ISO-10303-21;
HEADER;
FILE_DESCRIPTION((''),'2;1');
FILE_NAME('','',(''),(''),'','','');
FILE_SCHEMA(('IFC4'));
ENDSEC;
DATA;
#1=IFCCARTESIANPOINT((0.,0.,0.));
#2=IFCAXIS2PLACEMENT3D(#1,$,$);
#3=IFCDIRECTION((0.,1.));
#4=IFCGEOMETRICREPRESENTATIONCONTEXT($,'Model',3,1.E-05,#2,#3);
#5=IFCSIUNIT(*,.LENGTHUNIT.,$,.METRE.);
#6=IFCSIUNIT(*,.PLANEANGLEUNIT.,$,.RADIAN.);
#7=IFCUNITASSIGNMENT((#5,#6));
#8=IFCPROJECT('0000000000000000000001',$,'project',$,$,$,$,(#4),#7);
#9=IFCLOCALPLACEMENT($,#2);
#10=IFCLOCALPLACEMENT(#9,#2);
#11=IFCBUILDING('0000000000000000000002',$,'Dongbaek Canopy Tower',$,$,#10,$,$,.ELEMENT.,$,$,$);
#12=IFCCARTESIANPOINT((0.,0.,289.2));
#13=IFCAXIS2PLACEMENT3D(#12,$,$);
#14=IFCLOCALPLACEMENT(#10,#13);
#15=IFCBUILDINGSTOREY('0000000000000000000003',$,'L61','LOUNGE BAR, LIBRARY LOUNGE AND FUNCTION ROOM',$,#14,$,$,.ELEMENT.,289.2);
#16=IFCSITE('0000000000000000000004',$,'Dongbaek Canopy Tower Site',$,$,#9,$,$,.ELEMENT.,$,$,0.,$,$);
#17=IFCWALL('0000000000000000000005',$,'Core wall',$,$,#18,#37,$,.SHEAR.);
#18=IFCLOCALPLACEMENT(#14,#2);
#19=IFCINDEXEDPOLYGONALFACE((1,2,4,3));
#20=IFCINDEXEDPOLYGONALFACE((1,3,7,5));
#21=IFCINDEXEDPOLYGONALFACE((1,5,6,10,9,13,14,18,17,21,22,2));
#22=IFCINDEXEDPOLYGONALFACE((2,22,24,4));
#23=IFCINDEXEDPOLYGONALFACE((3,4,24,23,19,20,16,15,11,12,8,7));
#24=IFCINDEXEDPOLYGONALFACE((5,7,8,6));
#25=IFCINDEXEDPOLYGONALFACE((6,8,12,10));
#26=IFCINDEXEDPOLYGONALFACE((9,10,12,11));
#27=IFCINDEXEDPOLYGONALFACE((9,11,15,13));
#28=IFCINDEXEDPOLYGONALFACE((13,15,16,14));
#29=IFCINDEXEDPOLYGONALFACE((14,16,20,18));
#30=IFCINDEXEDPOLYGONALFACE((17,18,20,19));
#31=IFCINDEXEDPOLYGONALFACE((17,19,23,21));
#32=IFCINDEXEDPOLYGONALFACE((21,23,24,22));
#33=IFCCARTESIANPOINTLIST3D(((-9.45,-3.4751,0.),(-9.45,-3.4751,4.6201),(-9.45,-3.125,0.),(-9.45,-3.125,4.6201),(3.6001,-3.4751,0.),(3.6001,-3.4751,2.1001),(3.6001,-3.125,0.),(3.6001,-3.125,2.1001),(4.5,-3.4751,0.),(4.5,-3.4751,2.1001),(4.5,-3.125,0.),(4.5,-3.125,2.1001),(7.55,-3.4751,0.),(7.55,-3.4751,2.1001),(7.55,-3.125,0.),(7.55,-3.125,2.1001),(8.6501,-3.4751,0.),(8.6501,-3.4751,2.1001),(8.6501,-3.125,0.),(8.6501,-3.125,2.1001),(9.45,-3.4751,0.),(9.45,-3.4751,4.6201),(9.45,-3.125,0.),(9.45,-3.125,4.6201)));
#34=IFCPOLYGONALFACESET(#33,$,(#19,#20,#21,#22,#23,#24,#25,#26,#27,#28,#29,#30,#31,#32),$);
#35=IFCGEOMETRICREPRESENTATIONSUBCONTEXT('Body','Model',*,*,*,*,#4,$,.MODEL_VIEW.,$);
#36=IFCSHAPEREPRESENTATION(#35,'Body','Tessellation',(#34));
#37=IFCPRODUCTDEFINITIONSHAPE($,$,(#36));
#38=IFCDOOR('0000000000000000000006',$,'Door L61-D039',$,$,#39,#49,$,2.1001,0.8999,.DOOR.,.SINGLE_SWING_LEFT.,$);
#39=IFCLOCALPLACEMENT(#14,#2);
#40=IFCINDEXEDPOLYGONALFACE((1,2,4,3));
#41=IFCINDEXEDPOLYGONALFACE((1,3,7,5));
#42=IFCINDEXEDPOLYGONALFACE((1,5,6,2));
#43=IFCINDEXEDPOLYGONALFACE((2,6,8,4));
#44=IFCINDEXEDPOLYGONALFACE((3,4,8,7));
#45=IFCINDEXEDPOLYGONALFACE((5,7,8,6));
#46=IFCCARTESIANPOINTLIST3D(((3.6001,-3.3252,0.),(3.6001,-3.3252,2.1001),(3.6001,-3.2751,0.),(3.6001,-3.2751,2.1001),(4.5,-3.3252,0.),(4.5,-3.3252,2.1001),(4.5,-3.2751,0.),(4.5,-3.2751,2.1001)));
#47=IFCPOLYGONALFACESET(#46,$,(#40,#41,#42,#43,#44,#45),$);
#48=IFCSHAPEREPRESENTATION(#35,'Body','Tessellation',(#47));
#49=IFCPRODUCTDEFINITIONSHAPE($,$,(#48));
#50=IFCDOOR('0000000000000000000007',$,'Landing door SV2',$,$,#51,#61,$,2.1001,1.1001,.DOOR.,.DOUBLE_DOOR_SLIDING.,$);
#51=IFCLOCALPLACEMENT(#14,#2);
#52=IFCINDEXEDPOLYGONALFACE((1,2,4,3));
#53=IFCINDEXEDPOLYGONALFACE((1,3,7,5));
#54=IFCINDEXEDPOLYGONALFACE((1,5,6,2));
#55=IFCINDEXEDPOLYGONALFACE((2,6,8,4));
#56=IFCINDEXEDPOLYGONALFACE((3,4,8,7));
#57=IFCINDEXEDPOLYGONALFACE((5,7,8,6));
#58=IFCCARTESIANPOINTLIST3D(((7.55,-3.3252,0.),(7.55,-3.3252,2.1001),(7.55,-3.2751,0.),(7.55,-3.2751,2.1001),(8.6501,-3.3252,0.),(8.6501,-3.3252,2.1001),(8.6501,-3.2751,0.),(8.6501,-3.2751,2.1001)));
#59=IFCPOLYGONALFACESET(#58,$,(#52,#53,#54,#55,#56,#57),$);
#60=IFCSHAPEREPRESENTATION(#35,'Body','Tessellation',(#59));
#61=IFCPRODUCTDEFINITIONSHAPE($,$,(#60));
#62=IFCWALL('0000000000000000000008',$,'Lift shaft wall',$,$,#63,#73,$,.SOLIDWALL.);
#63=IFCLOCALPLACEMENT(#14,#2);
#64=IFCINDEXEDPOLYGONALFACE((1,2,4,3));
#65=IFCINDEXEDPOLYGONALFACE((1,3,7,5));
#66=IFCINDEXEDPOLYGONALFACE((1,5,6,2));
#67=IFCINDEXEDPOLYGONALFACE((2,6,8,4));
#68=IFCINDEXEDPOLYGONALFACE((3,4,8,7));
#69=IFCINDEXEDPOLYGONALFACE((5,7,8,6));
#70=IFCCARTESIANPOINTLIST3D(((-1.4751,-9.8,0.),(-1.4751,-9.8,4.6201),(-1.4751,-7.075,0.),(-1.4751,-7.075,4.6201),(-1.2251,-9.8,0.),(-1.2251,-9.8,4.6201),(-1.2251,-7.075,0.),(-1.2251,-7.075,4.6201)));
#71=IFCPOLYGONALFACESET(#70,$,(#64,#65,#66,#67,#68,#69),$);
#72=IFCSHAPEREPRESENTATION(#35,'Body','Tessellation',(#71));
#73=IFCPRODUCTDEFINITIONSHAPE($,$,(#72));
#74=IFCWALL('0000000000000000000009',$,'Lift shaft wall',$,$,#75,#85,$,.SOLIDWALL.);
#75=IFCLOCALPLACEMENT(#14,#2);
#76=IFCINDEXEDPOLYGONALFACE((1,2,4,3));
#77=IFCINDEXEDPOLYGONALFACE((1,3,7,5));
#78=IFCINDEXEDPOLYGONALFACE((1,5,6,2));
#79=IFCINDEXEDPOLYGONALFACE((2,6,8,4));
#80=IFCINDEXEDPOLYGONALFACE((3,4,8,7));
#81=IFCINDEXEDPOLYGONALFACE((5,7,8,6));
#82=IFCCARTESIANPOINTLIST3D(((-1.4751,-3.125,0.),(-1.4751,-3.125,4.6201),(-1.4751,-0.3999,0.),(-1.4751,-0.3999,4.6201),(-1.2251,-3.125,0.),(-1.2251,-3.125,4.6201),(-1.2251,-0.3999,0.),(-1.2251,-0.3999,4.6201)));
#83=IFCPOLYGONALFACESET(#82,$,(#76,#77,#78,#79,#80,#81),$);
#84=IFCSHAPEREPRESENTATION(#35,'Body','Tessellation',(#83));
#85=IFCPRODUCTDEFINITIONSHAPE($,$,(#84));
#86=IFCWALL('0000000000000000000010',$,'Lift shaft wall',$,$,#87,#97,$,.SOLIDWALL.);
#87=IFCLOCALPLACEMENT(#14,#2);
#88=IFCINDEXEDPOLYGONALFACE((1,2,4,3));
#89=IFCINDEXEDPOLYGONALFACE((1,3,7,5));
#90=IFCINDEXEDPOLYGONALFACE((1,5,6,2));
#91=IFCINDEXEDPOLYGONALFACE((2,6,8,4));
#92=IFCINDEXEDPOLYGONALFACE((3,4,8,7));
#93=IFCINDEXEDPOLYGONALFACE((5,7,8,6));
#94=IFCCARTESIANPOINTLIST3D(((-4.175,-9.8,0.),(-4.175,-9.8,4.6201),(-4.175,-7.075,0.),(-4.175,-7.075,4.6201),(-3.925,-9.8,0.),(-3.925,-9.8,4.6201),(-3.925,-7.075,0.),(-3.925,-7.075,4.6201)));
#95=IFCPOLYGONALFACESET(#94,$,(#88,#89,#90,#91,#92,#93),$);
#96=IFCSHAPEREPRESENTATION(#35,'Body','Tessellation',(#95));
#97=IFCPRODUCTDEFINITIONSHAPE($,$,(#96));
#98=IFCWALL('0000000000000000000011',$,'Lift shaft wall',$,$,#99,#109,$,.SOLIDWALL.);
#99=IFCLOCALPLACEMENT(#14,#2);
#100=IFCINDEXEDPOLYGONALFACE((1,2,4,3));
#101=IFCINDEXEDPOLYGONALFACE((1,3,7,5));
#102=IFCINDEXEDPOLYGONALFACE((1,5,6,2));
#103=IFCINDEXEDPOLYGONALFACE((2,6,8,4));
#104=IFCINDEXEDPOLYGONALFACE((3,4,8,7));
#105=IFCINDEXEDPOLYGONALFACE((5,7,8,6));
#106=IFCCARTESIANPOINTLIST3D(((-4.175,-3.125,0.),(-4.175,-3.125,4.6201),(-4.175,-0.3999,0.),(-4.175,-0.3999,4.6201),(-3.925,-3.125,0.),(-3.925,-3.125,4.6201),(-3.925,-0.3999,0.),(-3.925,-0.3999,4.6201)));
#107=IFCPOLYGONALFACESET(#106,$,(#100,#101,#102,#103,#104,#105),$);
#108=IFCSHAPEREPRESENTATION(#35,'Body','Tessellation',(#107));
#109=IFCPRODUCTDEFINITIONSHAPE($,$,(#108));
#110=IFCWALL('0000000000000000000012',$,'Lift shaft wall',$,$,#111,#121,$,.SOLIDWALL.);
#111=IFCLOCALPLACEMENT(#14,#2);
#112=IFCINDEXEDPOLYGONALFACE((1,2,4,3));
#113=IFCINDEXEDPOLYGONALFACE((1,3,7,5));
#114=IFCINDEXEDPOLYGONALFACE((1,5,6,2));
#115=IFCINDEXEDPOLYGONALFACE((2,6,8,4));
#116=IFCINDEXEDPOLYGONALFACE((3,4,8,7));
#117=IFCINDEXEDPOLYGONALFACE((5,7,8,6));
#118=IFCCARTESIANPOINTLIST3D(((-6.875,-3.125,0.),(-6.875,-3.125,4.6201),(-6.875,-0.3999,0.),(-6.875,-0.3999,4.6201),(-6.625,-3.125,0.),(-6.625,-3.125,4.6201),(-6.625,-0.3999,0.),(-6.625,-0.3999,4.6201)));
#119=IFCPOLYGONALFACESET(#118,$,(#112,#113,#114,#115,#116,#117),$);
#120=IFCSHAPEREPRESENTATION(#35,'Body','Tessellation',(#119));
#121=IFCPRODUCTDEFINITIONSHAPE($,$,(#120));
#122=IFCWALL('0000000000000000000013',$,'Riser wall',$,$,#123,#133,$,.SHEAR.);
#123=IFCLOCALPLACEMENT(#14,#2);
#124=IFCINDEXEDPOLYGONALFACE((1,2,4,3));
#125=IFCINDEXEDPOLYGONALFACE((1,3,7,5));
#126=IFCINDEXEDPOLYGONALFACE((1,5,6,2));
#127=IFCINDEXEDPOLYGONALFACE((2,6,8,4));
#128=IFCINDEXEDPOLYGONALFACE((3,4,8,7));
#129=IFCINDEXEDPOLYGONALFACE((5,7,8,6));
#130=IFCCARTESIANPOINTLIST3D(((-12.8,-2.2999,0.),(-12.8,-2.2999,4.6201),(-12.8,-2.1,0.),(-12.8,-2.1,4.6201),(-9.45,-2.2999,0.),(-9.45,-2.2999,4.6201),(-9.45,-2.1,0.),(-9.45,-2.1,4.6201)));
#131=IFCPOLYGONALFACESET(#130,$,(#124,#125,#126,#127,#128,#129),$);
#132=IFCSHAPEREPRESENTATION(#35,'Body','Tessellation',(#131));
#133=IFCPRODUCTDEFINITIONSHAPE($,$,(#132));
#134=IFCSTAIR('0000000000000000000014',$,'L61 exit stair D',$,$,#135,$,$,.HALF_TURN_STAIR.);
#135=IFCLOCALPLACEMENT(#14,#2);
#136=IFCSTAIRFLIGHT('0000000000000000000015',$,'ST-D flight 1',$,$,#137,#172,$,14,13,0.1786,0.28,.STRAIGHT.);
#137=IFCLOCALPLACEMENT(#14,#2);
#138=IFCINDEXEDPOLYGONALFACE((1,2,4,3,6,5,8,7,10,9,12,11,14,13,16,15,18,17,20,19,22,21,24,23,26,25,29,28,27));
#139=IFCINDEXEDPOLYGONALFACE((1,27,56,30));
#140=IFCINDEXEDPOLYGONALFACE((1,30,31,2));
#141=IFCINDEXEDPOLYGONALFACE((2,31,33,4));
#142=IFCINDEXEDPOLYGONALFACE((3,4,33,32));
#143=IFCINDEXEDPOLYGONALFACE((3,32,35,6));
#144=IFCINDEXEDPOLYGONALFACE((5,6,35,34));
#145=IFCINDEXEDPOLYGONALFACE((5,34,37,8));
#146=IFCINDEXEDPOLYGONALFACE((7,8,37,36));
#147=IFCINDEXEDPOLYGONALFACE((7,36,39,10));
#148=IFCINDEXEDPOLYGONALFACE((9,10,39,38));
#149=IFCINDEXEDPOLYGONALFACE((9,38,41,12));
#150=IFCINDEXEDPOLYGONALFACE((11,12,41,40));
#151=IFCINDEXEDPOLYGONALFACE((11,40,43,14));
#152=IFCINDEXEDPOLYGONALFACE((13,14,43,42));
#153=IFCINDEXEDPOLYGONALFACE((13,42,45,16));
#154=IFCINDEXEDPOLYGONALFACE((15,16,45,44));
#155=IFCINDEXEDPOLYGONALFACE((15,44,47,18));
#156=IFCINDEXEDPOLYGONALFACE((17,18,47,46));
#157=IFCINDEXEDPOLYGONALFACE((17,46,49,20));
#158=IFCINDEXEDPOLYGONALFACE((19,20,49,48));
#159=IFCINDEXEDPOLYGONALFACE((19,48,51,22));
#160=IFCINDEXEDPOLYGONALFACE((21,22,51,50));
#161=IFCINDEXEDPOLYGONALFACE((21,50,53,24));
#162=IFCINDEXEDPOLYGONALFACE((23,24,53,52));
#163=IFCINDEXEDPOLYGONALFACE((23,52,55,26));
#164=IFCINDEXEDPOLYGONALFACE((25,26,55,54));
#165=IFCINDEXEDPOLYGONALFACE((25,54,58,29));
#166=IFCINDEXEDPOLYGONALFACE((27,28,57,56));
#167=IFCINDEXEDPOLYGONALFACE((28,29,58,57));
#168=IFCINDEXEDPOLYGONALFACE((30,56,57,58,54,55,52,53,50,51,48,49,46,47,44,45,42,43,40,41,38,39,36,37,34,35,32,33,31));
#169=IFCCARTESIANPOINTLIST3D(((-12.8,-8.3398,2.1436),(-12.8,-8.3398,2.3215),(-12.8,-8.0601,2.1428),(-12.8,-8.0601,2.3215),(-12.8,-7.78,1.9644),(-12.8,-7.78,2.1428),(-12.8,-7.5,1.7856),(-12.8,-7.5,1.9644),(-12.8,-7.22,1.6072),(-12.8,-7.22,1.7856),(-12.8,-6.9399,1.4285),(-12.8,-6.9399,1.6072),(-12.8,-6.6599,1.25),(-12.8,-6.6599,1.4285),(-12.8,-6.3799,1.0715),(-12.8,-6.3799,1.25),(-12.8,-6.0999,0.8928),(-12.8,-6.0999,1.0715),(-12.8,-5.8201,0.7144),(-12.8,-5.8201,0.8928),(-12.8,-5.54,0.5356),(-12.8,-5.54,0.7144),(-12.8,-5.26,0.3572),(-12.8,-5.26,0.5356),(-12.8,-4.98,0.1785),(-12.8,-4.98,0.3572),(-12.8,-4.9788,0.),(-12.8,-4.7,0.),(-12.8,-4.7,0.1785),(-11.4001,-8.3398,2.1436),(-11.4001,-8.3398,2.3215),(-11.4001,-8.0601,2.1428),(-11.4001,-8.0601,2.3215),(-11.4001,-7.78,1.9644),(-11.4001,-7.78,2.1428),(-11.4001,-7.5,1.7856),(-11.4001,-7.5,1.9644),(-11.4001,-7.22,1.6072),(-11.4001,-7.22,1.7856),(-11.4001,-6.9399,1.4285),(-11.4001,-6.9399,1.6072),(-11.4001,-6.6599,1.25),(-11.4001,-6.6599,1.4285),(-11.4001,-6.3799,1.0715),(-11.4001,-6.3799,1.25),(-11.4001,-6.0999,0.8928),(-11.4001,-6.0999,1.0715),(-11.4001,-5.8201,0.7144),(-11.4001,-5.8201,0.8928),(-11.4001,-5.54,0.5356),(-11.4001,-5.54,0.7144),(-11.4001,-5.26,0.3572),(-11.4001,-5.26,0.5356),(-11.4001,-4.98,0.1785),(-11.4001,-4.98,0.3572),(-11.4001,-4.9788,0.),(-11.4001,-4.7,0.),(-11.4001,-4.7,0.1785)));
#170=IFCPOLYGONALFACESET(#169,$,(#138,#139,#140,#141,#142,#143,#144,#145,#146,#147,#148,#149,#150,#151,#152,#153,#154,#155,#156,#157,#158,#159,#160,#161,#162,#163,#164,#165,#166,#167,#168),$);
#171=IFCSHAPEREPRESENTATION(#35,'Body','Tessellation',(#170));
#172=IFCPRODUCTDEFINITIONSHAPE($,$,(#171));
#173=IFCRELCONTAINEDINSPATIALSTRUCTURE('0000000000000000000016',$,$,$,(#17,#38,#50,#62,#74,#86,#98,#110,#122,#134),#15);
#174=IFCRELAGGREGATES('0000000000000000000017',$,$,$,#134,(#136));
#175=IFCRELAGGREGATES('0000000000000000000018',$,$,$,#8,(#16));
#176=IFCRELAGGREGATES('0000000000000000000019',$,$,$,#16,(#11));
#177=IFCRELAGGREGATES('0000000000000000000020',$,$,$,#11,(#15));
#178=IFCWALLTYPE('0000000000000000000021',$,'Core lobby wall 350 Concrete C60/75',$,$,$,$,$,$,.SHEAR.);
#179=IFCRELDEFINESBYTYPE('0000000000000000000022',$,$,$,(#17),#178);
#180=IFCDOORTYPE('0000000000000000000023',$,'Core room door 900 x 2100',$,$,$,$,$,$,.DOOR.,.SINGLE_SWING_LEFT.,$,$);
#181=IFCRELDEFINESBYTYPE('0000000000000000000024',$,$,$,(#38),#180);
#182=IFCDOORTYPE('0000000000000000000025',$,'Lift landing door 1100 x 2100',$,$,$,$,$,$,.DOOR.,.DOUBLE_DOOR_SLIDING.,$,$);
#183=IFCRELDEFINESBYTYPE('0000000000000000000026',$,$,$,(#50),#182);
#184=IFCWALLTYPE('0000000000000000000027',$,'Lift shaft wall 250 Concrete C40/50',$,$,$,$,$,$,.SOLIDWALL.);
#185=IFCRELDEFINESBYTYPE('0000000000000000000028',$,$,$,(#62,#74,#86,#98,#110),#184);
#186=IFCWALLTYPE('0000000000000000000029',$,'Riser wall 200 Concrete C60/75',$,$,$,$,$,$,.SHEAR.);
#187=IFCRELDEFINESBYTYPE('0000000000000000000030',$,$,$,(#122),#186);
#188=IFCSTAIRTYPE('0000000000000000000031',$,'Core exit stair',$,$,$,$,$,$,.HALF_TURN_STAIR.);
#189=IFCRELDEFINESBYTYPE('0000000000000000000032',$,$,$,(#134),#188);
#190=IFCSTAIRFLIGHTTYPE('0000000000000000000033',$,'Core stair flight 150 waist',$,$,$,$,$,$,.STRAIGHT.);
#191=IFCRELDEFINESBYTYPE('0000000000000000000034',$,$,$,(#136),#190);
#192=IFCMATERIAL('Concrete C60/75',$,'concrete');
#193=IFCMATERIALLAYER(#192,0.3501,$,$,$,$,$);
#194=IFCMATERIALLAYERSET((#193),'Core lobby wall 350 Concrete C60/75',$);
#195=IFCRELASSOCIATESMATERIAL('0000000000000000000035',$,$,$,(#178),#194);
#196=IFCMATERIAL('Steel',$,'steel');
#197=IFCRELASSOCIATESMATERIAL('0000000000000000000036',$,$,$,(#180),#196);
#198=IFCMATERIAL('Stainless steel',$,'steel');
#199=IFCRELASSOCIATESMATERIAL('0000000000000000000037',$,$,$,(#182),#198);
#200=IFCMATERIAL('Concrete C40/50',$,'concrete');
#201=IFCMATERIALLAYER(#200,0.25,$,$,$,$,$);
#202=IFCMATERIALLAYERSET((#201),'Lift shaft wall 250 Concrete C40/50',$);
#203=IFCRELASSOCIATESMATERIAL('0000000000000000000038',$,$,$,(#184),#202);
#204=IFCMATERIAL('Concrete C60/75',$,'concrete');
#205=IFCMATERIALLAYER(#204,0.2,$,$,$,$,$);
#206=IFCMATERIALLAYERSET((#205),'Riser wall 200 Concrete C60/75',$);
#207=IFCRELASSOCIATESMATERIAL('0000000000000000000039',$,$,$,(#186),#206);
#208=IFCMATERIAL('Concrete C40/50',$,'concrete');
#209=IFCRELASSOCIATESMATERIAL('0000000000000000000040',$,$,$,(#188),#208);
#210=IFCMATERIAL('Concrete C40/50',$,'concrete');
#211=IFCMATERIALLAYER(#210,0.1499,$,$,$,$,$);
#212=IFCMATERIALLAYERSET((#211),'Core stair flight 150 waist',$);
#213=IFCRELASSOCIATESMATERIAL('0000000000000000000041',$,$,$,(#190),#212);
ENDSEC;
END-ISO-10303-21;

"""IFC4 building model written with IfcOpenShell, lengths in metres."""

from ifc_helpers import new_model, si_unit, direction, frame, frame_2d, origin, place, context, subcontext, project, spatial, polyline, rectangle, outline, extrude, material, layer, layer_set, type_object, element, fill, aggregate, save


model = new_model("IFC4")

# Units and contexts
model_context = context("Model", 3, precision=1e-05, world=origin(), true_north=direction((0.0, 1.0)))
body_context = subcontext(model_context, "Body", "Model", "MODEL_VIEW")
ifc_project = project(units=[si_unit("LENGTHUNIT", "METRE"), si_unit("PLANEANGLEUNIT", "RADIAN")], contexts=[model_context])

# Site, building, storey
site_placement = place(None, origin())
site = spatial("IfcSite", under=ifc_project, at=site_placement, Name="Dongbaek Canopy Tower Site", CompositionType="ELEMENT", RefElevation=0.0)
building_placement = place(site_placement, origin())
building = spatial("IfcBuilding", under=site, at=building_placement, Name="Dongbaek Canopy Tower", CompositionType="ELEMENT")
storey_placement = place(building_placement, frame((0.0, 0.0, 289.2)))
storey = spatial("IfcBuildingStorey", under=building, at=storey_placement, Name="L61", Description="LOUNGE BAR, LIBRARY LOUNGE AND FUNCTION ROOM", CompositionType="ELEMENT", Elevation=289.2)

# Wall, openings, doors
ifc_material_1 = material(Name="Concrete C60/75", Category="concrete")
ifc_layer_1 = layer(ifc_material_1, 0.3501)
ifc_layer_set_1 = layer_set([ifc_layer_1], Name="Core lobby wall 350 Concrete C60/75")
wall_type_1 = type_object("IfcWallType", Name="Core lobby wall 350 Concrete C60/75", PredefinedType="SHEAR", material=ifc_layer_set_1)
wall_1_placement = place(storey_placement, frame((-9.45, -3.3, 0.0), z_axis=(0.0, 0.0, 1.0), x_axis=(1.0, 0.0, 0.0)))
wall_1 = element("IfcWall", 1, at=wall_1_placement, inside=storey, type_object=wall_type_1, Name="Core wall", PredefinedType="SHEAR", context=body_context, shape_type="SweptSolid", body=[
    extrude(rectangle(XDim=18.8999, YDim=0.3501, at=frame_2d((9.45, 0.0))), origin(), (0.0, 0.0, 1.0), 4.6201),
])
opening_1_placement = place(wall_1_placement, frame((17.0, 0.0, 0.0)))
opening_1 = element("IfcOpeningElement", 2, at=opening_1_placement, cuts=wall_1, PredefinedType="OPENING", context=body_context, shape_type="SweptSolid", body=[
    extrude(rectangle(XDim=1.1001, YDim=2.1001, at=frame_2d((0.55, 1.05))), frame((0.0, 0.1851, 0.0), z_axis=(0.0, -1.0, 0.0), x_axis=(1.0, 0.0, 0.0)), (0.0, 0.0, 1.0), 0.3701),
])
opening_2_placement = place(wall_1_placement, frame((13.05, 0.0, 0.0)))
opening_2 = element("IfcOpeningElement", 3, at=opening_2_placement, cuts=wall_1, PredefinedType="OPENING", context=body_context, shape_type="SweptSolid", body=[
    extrude(rectangle(XDim=0.8999, YDim=2.1001, at=frame_2d((0.45, 1.05))), frame((0.0, 0.1851, 0.0), z_axis=(0.0, -1.0, 0.0), x_axis=(1.0, 0.0, 0.0)), (0.0, 0.0, 1.0), 0.3701),
])
ifc_material_2 = material(Name="Steel", Category="steel")
door_type_1 = type_object("IfcDoorType", Name="Core room door 900 x 2100", OperationType="SINGLE_SWING_LEFT", PredefinedType="DOOR", material=ifc_material_2)
door_1_placement = place(opening_2_placement, origin())
door_1 = element("IfcDoor", 4, at=door_1_placement, inside=storey, type_object=door_type_1, Name="Door L61-D039", OperationType="SINGLE_SWING_LEFT", OverallHeight=2.1001, OverallWidth=0.8999, PredefinedType="DOOR", context=body_context, shape_type="SweptSolid", body=[
    extrude(rectangle(XDim=0.8999, YDim=2.1001, at=frame_2d((0.45, 1.05))), frame((0.0, 0.0249, 0.0), z_axis=(0.0, -1.0, 0.0), x_axis=(1.0, 0.0, 0.0)), (0.0, 0.0, 1.0), 0.05),
])
fill(opening_2, door_1)
ifc_material_3 = material(Name="Stainless steel", Category="steel")
door_type_2 = type_object("IfcDoorType", Name="Lift landing door 1100 x 2100", OperationType="DOUBLE_DOOR_SLIDING", PredefinedType="DOOR", material=ifc_material_3)
door_2_placement = place(opening_1_placement, origin())
door_2 = element("IfcDoor", 5, at=door_2_placement, inside=storey, type_object=door_type_2, Name="Landing door SV2", OperationType="DOUBLE_DOOR_SLIDING", OverallHeight=2.1001, OverallWidth=1.1001, PredefinedType="DOOR", context=body_context, shape_type="SweptSolid", body=[
    extrude(rectangle(XDim=1.1001, YDim=2.1001, at=frame_2d((0.55, 1.05))), frame((0.0, 0.0249, 0.0), z_axis=(0.0, -1.0, 0.0), x_axis=(1.0, 0.0, 0.0)), (0.0, 0.0, 1.0), 0.05),
])
fill(opening_1, door_2)

# Walls
ifc_material_4 = material(Name="Concrete C40/50", Category="concrete")
ifc_layer_2 = layer(ifc_material_4, 0.25)
ifc_layer_set_2 = layer_set([ifc_layer_2], Name="Lift shaft wall 250 Concrete C40/50")
wall_type_2 = type_object("IfcWallType", Name="Lift shaft wall 250 Concrete C40/50", PredefinedType="SOLIDWALL", material=ifc_layer_set_2)
for number, where, z_axis, x_axis, name in (
    (6, (-1.3501, -9.8, 0.0), (0.0, 0.0, 1.0), (0.0, 1.0, 0.0), "Lift shaft wall"),
    (7, (-1.3501, -3.125, 0.0), (0.0, 0.0, 1.0), (0.0, 1.0, 0.0), "Lift shaft wall"),
    (8, (-4.05, -9.8, 0.0), (0.0, 0.0, 1.0), (0.0, 1.0, 0.0), "Lift shaft wall"),
    (9, (-4.05, -3.125, 0.0), (0.0, 0.0, 1.0), (0.0, 1.0, 0.0), "Lift shaft wall"),
    (10, (-6.75, -3.125, 0.0), (0.0, 0.0, 1.0), (0.0, 1.0, 0.0), "Lift shaft wall"),
):
    element("IfcWall", number, at=place(storey_placement, frame(where, z_axis=z_axis, x_axis=x_axis)), inside=storey, type_object=wall_type_2, Name=name, PredefinedType="SOLIDWALL", context=body_context, shape_type="SweptSolid", body=[
        extrude(rectangle(XDim=2.7251, YDim=0.25, at=frame_2d((1.3625, 0.0))), origin(), (0.0, 0.0, 1.0), 4.6201),
    ])
ifc_material_5 = material(Name="Concrete C60/75", Category="concrete")
ifc_layer_3 = layer(ifc_material_5, 0.2)
ifc_layer_set_3 = layer_set([ifc_layer_3], Name="Riser wall 200 Concrete C60/75")
wall_type_3 = type_object("IfcWallType", Name="Riser wall 200 Concrete C60/75", PredefinedType="SHEAR", material=ifc_layer_set_3)
wall_2_placement = place(storey_placement, frame((-9.45, -2.2, 0.0), z_axis=(0.0, 0.0, 1.0), x_axis=(-1.0, 0.0, 0.0)))
element("IfcWall", 11, at=wall_2_placement, inside=storey, type_object=wall_type_3, Name="Riser wall", PredefinedType="SHEAR", context=body_context, shape_type="SweptSolid", body=[
    extrude(rectangle(XDim=3.3501, YDim=0.2, at=frame_2d((1.675, 0.0))), origin(), (0.0, 0.0, 1.0), 4.6201),
])

# Stair, stair flight
ifc_material_6 = material(Name="Concrete C40/50", Category="concrete")
stair_type = type_object("IfcStairType", Name="Core exit stair", PredefinedType="HALF_TURN_STAIR", material=ifc_material_6)
stair_placement = place(storey_placement, origin())
stair = element("IfcStair", 12, at=stair_placement, inside=storey, type_object=stair_type, Name="L61 exit stair D", PredefinedType="HALF_TURN_STAIR")
ifc_material_7 = material(Name="Concrete C40/50", Category="concrete")
ifc_layer_4 = layer(ifc_material_7, 0.1499)
ifc_layer_set_4 = layer_set([ifc_layer_4], Name="Core stair flight 150 waist")
stair_flight_type = type_object("IfcStairFlightType", Name="Core stair flight 150 waist", PredefinedType="STRAIGHT", material=ifc_layer_set_4)
stair_flight_1_placement = place(storey_placement, frame((-12.1001, -4.7, 0.0), z_axis=(0.0, 0.0, 1.0), x_axis=(0.0, -1.0, 0.0)))
stair_flight_1 = element("IfcStairFlight", 13, at=stair_flight_1_placement, type_object=stair_flight_type, Name="ST-D flight 1", NumberOfRisers=14, NumberOfTreads=13, PredefinedType="STRAIGHT", RiserHeight=0.1786, TreadLength=0.28, context=body_context, shape_type="SweptSolid", body=[
    extrude(outline(polyline([(0.0, 0.0), (0.0, 0.1785), (0.28, 0.1785), (0.28, 0.3572), (0.5601, 0.3572), (0.5601, 0.5356), (0.8401, 0.5356), (0.8401, 0.7144), (1.1201, 0.7144), (1.1201, 0.8928), (1.3999, 0.8928), (1.3999, 1.0715), (1.6799, 1.0715), (1.6799, 1.25), (1.96, 1.25), (1.96, 1.4285), (2.24, 1.4285), (2.24, 1.6072), (2.52, 1.6072), (2.52, 1.7856), (2.8, 1.7856), (2.8, 1.9644), (3.0801, 1.9644), (3.0801, 2.1428), (3.3601, 2.1428), (3.3601, 2.3215), (3.6399, 2.3215), (3.6399, 2.5), (3.6399, 2.1436), (0.2788, 0.0), (0.0, 0.0)])), frame((0.0, 0.7, 0.0), z_axis=(0.0, -1.0, 0.0), x_axis=(1.0, 0.0, 0.0)), (0.0, 0.0, 1.0), 1.3999),
])
aggregate(stair, [stair_flight_1])

save(model, "model.ifc")
